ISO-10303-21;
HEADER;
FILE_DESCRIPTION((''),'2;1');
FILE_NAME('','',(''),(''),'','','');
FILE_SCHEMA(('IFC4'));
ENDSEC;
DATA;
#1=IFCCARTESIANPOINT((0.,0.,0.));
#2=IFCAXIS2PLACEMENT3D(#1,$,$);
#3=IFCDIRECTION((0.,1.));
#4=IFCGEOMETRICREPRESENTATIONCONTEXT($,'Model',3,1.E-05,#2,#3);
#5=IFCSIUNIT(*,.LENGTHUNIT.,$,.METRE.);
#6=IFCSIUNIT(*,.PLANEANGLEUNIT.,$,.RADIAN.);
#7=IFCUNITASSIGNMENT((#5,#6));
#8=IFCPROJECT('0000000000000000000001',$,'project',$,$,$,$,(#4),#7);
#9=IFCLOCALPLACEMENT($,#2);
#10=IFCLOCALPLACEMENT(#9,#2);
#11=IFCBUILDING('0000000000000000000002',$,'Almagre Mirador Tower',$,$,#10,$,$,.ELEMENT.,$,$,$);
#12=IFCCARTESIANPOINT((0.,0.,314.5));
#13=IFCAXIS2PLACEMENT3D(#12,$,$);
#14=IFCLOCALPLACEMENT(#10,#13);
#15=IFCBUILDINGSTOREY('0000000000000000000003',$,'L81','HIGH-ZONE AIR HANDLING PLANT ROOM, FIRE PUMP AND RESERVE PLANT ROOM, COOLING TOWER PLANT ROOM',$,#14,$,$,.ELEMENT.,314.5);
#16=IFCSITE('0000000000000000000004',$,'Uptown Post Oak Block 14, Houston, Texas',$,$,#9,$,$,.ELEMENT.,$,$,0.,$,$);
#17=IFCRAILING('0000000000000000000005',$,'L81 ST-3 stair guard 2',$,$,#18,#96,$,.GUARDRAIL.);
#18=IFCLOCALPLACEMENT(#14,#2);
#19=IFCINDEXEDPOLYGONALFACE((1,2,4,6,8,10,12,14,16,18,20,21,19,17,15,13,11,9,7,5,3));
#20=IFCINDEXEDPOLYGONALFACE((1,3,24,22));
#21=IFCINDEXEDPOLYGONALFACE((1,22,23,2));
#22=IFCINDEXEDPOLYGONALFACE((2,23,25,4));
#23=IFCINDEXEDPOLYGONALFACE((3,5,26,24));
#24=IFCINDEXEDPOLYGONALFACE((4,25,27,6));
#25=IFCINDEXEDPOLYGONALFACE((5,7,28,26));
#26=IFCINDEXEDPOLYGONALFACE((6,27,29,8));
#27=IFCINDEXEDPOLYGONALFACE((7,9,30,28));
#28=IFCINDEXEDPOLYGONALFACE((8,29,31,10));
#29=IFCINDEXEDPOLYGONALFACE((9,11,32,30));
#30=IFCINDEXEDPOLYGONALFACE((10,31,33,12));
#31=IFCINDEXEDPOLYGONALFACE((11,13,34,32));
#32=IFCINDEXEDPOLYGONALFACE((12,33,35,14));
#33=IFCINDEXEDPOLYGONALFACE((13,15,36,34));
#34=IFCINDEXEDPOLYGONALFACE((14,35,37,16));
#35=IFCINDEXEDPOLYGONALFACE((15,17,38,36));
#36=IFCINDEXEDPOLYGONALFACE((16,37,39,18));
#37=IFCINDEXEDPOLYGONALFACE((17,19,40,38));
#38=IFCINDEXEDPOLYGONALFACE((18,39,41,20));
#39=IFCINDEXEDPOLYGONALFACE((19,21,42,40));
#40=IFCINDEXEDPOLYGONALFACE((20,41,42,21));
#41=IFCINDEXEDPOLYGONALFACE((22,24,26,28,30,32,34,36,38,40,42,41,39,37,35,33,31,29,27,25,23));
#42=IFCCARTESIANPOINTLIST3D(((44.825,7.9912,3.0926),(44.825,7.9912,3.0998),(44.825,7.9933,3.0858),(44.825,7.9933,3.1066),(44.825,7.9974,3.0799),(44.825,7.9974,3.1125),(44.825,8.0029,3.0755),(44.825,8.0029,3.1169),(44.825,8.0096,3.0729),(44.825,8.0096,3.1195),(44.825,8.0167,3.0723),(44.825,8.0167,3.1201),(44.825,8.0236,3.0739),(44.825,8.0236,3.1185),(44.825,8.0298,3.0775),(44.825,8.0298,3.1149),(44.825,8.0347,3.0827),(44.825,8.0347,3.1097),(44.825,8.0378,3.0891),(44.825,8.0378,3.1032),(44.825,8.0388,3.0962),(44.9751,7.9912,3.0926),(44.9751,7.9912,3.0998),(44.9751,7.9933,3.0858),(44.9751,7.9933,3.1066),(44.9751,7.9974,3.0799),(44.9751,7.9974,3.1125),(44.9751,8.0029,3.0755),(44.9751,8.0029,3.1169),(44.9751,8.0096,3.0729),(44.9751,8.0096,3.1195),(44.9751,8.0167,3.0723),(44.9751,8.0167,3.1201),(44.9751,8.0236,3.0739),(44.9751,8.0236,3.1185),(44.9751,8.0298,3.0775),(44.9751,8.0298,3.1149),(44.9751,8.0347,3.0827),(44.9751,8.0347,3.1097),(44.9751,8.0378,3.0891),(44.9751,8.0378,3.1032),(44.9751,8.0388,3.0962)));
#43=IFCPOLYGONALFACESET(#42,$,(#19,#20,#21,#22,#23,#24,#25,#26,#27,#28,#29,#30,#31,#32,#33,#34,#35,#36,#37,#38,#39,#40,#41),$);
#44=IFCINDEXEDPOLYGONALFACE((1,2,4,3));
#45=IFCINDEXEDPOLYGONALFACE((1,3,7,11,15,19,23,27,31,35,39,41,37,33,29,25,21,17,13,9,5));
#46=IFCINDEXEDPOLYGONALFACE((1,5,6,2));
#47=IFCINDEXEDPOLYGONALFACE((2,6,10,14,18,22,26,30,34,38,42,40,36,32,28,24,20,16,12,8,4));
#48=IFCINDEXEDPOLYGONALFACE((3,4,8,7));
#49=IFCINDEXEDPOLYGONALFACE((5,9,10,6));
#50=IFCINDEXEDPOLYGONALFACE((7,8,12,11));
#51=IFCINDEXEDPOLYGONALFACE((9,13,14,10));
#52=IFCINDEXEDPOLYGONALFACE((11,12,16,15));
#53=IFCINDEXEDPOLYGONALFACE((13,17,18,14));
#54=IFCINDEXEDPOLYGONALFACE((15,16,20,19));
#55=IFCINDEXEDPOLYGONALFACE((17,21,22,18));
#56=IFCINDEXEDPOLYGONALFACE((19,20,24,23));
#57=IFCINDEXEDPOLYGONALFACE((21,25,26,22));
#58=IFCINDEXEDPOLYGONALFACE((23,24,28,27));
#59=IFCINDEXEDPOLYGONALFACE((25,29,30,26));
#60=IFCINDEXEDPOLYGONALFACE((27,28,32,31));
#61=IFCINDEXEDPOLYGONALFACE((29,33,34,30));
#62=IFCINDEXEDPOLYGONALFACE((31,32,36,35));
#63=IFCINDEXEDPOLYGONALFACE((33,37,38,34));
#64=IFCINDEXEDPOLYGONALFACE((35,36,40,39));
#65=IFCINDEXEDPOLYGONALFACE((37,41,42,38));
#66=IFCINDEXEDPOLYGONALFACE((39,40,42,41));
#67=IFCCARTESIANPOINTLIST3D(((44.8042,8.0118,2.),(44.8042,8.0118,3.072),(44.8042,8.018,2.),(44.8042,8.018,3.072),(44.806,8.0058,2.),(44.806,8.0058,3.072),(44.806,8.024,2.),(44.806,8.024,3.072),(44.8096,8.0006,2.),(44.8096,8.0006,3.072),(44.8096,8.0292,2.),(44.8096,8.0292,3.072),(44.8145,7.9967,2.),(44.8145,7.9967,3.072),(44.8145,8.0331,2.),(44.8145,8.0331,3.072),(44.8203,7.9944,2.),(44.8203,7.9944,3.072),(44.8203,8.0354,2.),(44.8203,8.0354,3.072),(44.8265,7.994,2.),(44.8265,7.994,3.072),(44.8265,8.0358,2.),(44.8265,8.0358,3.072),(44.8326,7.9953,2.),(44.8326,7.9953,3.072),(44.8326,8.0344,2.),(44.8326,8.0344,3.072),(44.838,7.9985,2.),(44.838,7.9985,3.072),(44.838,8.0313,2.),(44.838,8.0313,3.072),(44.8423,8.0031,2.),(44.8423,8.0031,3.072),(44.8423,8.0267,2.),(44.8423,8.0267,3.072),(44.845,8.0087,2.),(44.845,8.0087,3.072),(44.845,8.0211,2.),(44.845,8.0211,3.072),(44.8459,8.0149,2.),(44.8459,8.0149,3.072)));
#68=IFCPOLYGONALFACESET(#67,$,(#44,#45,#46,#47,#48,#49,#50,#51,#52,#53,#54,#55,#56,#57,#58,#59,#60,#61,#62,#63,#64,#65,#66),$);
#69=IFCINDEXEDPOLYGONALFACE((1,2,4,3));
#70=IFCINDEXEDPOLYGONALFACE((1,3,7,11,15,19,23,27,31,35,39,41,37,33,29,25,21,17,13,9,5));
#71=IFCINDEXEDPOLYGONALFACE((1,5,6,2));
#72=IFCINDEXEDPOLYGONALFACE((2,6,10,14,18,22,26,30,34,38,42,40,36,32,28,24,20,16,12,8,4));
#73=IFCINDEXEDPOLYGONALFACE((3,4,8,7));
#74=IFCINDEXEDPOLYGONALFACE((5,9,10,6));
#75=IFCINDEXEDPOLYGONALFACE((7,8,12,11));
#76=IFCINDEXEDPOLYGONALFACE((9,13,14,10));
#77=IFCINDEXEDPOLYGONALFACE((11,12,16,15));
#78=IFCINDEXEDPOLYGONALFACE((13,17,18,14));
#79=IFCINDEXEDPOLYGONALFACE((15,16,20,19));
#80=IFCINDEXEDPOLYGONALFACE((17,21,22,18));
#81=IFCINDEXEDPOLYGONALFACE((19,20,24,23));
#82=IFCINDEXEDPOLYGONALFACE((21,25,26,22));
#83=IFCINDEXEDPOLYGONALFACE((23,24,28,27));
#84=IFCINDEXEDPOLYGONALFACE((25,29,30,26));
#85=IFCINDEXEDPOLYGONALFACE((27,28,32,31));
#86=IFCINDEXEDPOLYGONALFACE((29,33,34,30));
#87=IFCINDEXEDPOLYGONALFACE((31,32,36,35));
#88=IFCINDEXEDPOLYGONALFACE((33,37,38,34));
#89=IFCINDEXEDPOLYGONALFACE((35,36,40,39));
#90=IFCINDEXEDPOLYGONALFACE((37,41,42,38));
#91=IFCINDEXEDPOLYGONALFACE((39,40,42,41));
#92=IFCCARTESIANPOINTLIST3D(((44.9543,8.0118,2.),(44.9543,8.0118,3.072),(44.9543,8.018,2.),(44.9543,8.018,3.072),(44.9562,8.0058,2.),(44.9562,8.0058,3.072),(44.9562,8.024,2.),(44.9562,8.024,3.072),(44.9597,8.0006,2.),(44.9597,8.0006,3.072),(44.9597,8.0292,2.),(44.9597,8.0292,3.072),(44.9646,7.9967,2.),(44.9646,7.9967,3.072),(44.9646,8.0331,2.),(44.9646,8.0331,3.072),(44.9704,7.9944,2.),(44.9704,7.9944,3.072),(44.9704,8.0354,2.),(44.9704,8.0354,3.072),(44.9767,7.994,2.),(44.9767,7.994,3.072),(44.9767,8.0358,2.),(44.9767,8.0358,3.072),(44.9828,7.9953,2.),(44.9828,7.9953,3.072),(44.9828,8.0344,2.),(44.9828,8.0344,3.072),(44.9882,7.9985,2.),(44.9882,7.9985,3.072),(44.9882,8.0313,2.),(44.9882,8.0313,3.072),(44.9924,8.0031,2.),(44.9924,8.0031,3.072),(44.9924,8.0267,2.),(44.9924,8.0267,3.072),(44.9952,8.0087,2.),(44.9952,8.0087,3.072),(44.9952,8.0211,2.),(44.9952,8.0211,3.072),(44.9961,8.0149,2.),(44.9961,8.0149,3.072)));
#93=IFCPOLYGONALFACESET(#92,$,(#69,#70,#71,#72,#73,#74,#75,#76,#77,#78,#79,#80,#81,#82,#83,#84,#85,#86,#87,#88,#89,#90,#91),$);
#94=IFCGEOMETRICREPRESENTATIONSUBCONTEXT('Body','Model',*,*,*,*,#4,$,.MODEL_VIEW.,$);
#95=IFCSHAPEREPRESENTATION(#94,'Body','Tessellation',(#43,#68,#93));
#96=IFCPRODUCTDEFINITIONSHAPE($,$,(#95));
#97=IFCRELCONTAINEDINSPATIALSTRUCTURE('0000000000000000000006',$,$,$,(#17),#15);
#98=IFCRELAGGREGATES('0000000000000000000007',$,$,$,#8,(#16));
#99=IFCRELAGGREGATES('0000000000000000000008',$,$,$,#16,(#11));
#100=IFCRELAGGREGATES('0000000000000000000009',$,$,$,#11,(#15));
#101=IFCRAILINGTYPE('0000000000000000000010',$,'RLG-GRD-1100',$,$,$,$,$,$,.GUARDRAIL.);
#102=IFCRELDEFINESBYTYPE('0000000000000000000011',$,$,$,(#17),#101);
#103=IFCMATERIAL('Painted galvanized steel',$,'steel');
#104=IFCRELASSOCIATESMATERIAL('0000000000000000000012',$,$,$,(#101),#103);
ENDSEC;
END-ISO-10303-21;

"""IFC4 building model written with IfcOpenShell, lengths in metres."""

from ifc_helpers import new_model, si_unit, direction, frame, origin, origin_2d, place, context, subcontext, project, spatial, circle, extrude, material, type_object, element, save


model = new_model("IFC4")

# Units and contexts
model_context = context("Model", 3, precision=1e-05, world=origin(), true_north=direction((0.0, 1.0)))
body_context = subcontext(model_context, "Body", "Model", "MODEL_VIEW")
ifc_project = project(units=[si_unit("LENGTHUNIT", "METRE"), si_unit("PLANEANGLEUNIT", "RADIAN")], contexts=[model_context])

# Site, building, storey
site_placement = place(None, origin())
site = spatial("IfcSite", under=ifc_project, at=site_placement, Name="Uptown Post Oak Block 14, Houston, Texas", CompositionType="ELEMENT", RefElevation=0.0)
building_placement = place(site_placement, origin())
building = spatial("IfcBuilding", under=site, at=building_placement, Name="Almagre Mirador Tower", CompositionType="ELEMENT")
storey_placement = place(building_placement, frame((0.0, 0.0, 314.5)))
storey = spatial("IfcBuildingStorey", under=building, at=storey_placement, Name="L81", Description="HIGH-ZONE AIR HANDLING PLANT ROOM, FIRE PUMP AND RESERVE PLANT ROOM, COOLING TOWER PLANT ROOM", CompositionType="ELEMENT", Elevation=314.5)

# Railing
ifc_material_1 = material(Name="Painted galvanized steel", Category="steel")
railing_type_1 = type_object("IfcRailingType", Name="RLG-GRD-1100", PredefinedType="GUARDRAIL", material=ifc_material_1)
railing_1_placement = place(storey_placement, frame((44.825, 8.0149, 2.0)))
element("IfcRailing", 1, at=railing_1_placement, inside=storey, type_object=railing_type_1, Name="L81 ST-3 stair guard 2", PredefinedType="GUARDRAIL", context=body_context, shape_type="SweptSolid", body=[
    extrude(circle(Radius=0.0239, at=origin_2d()), frame((0.0, 0.0, 1.0962), z_axis=(1.0, 0.0, 0.0), x_axis=(0.0, 1.0, 0.0)), (0.0, 0.0, 1.0), 0.1501),
    extrude(circle(Radius=0.021, at=origin_2d()), origin(), (0.0, 0.0, 1.0), 1.072),
    extrude(circle(Radius=0.021, at=origin_2d()), frame((0.1501, 0.0, 0.0)), (0.0, 0.0, 1.0), 1.072),
])

save(model, "model.ifc")
